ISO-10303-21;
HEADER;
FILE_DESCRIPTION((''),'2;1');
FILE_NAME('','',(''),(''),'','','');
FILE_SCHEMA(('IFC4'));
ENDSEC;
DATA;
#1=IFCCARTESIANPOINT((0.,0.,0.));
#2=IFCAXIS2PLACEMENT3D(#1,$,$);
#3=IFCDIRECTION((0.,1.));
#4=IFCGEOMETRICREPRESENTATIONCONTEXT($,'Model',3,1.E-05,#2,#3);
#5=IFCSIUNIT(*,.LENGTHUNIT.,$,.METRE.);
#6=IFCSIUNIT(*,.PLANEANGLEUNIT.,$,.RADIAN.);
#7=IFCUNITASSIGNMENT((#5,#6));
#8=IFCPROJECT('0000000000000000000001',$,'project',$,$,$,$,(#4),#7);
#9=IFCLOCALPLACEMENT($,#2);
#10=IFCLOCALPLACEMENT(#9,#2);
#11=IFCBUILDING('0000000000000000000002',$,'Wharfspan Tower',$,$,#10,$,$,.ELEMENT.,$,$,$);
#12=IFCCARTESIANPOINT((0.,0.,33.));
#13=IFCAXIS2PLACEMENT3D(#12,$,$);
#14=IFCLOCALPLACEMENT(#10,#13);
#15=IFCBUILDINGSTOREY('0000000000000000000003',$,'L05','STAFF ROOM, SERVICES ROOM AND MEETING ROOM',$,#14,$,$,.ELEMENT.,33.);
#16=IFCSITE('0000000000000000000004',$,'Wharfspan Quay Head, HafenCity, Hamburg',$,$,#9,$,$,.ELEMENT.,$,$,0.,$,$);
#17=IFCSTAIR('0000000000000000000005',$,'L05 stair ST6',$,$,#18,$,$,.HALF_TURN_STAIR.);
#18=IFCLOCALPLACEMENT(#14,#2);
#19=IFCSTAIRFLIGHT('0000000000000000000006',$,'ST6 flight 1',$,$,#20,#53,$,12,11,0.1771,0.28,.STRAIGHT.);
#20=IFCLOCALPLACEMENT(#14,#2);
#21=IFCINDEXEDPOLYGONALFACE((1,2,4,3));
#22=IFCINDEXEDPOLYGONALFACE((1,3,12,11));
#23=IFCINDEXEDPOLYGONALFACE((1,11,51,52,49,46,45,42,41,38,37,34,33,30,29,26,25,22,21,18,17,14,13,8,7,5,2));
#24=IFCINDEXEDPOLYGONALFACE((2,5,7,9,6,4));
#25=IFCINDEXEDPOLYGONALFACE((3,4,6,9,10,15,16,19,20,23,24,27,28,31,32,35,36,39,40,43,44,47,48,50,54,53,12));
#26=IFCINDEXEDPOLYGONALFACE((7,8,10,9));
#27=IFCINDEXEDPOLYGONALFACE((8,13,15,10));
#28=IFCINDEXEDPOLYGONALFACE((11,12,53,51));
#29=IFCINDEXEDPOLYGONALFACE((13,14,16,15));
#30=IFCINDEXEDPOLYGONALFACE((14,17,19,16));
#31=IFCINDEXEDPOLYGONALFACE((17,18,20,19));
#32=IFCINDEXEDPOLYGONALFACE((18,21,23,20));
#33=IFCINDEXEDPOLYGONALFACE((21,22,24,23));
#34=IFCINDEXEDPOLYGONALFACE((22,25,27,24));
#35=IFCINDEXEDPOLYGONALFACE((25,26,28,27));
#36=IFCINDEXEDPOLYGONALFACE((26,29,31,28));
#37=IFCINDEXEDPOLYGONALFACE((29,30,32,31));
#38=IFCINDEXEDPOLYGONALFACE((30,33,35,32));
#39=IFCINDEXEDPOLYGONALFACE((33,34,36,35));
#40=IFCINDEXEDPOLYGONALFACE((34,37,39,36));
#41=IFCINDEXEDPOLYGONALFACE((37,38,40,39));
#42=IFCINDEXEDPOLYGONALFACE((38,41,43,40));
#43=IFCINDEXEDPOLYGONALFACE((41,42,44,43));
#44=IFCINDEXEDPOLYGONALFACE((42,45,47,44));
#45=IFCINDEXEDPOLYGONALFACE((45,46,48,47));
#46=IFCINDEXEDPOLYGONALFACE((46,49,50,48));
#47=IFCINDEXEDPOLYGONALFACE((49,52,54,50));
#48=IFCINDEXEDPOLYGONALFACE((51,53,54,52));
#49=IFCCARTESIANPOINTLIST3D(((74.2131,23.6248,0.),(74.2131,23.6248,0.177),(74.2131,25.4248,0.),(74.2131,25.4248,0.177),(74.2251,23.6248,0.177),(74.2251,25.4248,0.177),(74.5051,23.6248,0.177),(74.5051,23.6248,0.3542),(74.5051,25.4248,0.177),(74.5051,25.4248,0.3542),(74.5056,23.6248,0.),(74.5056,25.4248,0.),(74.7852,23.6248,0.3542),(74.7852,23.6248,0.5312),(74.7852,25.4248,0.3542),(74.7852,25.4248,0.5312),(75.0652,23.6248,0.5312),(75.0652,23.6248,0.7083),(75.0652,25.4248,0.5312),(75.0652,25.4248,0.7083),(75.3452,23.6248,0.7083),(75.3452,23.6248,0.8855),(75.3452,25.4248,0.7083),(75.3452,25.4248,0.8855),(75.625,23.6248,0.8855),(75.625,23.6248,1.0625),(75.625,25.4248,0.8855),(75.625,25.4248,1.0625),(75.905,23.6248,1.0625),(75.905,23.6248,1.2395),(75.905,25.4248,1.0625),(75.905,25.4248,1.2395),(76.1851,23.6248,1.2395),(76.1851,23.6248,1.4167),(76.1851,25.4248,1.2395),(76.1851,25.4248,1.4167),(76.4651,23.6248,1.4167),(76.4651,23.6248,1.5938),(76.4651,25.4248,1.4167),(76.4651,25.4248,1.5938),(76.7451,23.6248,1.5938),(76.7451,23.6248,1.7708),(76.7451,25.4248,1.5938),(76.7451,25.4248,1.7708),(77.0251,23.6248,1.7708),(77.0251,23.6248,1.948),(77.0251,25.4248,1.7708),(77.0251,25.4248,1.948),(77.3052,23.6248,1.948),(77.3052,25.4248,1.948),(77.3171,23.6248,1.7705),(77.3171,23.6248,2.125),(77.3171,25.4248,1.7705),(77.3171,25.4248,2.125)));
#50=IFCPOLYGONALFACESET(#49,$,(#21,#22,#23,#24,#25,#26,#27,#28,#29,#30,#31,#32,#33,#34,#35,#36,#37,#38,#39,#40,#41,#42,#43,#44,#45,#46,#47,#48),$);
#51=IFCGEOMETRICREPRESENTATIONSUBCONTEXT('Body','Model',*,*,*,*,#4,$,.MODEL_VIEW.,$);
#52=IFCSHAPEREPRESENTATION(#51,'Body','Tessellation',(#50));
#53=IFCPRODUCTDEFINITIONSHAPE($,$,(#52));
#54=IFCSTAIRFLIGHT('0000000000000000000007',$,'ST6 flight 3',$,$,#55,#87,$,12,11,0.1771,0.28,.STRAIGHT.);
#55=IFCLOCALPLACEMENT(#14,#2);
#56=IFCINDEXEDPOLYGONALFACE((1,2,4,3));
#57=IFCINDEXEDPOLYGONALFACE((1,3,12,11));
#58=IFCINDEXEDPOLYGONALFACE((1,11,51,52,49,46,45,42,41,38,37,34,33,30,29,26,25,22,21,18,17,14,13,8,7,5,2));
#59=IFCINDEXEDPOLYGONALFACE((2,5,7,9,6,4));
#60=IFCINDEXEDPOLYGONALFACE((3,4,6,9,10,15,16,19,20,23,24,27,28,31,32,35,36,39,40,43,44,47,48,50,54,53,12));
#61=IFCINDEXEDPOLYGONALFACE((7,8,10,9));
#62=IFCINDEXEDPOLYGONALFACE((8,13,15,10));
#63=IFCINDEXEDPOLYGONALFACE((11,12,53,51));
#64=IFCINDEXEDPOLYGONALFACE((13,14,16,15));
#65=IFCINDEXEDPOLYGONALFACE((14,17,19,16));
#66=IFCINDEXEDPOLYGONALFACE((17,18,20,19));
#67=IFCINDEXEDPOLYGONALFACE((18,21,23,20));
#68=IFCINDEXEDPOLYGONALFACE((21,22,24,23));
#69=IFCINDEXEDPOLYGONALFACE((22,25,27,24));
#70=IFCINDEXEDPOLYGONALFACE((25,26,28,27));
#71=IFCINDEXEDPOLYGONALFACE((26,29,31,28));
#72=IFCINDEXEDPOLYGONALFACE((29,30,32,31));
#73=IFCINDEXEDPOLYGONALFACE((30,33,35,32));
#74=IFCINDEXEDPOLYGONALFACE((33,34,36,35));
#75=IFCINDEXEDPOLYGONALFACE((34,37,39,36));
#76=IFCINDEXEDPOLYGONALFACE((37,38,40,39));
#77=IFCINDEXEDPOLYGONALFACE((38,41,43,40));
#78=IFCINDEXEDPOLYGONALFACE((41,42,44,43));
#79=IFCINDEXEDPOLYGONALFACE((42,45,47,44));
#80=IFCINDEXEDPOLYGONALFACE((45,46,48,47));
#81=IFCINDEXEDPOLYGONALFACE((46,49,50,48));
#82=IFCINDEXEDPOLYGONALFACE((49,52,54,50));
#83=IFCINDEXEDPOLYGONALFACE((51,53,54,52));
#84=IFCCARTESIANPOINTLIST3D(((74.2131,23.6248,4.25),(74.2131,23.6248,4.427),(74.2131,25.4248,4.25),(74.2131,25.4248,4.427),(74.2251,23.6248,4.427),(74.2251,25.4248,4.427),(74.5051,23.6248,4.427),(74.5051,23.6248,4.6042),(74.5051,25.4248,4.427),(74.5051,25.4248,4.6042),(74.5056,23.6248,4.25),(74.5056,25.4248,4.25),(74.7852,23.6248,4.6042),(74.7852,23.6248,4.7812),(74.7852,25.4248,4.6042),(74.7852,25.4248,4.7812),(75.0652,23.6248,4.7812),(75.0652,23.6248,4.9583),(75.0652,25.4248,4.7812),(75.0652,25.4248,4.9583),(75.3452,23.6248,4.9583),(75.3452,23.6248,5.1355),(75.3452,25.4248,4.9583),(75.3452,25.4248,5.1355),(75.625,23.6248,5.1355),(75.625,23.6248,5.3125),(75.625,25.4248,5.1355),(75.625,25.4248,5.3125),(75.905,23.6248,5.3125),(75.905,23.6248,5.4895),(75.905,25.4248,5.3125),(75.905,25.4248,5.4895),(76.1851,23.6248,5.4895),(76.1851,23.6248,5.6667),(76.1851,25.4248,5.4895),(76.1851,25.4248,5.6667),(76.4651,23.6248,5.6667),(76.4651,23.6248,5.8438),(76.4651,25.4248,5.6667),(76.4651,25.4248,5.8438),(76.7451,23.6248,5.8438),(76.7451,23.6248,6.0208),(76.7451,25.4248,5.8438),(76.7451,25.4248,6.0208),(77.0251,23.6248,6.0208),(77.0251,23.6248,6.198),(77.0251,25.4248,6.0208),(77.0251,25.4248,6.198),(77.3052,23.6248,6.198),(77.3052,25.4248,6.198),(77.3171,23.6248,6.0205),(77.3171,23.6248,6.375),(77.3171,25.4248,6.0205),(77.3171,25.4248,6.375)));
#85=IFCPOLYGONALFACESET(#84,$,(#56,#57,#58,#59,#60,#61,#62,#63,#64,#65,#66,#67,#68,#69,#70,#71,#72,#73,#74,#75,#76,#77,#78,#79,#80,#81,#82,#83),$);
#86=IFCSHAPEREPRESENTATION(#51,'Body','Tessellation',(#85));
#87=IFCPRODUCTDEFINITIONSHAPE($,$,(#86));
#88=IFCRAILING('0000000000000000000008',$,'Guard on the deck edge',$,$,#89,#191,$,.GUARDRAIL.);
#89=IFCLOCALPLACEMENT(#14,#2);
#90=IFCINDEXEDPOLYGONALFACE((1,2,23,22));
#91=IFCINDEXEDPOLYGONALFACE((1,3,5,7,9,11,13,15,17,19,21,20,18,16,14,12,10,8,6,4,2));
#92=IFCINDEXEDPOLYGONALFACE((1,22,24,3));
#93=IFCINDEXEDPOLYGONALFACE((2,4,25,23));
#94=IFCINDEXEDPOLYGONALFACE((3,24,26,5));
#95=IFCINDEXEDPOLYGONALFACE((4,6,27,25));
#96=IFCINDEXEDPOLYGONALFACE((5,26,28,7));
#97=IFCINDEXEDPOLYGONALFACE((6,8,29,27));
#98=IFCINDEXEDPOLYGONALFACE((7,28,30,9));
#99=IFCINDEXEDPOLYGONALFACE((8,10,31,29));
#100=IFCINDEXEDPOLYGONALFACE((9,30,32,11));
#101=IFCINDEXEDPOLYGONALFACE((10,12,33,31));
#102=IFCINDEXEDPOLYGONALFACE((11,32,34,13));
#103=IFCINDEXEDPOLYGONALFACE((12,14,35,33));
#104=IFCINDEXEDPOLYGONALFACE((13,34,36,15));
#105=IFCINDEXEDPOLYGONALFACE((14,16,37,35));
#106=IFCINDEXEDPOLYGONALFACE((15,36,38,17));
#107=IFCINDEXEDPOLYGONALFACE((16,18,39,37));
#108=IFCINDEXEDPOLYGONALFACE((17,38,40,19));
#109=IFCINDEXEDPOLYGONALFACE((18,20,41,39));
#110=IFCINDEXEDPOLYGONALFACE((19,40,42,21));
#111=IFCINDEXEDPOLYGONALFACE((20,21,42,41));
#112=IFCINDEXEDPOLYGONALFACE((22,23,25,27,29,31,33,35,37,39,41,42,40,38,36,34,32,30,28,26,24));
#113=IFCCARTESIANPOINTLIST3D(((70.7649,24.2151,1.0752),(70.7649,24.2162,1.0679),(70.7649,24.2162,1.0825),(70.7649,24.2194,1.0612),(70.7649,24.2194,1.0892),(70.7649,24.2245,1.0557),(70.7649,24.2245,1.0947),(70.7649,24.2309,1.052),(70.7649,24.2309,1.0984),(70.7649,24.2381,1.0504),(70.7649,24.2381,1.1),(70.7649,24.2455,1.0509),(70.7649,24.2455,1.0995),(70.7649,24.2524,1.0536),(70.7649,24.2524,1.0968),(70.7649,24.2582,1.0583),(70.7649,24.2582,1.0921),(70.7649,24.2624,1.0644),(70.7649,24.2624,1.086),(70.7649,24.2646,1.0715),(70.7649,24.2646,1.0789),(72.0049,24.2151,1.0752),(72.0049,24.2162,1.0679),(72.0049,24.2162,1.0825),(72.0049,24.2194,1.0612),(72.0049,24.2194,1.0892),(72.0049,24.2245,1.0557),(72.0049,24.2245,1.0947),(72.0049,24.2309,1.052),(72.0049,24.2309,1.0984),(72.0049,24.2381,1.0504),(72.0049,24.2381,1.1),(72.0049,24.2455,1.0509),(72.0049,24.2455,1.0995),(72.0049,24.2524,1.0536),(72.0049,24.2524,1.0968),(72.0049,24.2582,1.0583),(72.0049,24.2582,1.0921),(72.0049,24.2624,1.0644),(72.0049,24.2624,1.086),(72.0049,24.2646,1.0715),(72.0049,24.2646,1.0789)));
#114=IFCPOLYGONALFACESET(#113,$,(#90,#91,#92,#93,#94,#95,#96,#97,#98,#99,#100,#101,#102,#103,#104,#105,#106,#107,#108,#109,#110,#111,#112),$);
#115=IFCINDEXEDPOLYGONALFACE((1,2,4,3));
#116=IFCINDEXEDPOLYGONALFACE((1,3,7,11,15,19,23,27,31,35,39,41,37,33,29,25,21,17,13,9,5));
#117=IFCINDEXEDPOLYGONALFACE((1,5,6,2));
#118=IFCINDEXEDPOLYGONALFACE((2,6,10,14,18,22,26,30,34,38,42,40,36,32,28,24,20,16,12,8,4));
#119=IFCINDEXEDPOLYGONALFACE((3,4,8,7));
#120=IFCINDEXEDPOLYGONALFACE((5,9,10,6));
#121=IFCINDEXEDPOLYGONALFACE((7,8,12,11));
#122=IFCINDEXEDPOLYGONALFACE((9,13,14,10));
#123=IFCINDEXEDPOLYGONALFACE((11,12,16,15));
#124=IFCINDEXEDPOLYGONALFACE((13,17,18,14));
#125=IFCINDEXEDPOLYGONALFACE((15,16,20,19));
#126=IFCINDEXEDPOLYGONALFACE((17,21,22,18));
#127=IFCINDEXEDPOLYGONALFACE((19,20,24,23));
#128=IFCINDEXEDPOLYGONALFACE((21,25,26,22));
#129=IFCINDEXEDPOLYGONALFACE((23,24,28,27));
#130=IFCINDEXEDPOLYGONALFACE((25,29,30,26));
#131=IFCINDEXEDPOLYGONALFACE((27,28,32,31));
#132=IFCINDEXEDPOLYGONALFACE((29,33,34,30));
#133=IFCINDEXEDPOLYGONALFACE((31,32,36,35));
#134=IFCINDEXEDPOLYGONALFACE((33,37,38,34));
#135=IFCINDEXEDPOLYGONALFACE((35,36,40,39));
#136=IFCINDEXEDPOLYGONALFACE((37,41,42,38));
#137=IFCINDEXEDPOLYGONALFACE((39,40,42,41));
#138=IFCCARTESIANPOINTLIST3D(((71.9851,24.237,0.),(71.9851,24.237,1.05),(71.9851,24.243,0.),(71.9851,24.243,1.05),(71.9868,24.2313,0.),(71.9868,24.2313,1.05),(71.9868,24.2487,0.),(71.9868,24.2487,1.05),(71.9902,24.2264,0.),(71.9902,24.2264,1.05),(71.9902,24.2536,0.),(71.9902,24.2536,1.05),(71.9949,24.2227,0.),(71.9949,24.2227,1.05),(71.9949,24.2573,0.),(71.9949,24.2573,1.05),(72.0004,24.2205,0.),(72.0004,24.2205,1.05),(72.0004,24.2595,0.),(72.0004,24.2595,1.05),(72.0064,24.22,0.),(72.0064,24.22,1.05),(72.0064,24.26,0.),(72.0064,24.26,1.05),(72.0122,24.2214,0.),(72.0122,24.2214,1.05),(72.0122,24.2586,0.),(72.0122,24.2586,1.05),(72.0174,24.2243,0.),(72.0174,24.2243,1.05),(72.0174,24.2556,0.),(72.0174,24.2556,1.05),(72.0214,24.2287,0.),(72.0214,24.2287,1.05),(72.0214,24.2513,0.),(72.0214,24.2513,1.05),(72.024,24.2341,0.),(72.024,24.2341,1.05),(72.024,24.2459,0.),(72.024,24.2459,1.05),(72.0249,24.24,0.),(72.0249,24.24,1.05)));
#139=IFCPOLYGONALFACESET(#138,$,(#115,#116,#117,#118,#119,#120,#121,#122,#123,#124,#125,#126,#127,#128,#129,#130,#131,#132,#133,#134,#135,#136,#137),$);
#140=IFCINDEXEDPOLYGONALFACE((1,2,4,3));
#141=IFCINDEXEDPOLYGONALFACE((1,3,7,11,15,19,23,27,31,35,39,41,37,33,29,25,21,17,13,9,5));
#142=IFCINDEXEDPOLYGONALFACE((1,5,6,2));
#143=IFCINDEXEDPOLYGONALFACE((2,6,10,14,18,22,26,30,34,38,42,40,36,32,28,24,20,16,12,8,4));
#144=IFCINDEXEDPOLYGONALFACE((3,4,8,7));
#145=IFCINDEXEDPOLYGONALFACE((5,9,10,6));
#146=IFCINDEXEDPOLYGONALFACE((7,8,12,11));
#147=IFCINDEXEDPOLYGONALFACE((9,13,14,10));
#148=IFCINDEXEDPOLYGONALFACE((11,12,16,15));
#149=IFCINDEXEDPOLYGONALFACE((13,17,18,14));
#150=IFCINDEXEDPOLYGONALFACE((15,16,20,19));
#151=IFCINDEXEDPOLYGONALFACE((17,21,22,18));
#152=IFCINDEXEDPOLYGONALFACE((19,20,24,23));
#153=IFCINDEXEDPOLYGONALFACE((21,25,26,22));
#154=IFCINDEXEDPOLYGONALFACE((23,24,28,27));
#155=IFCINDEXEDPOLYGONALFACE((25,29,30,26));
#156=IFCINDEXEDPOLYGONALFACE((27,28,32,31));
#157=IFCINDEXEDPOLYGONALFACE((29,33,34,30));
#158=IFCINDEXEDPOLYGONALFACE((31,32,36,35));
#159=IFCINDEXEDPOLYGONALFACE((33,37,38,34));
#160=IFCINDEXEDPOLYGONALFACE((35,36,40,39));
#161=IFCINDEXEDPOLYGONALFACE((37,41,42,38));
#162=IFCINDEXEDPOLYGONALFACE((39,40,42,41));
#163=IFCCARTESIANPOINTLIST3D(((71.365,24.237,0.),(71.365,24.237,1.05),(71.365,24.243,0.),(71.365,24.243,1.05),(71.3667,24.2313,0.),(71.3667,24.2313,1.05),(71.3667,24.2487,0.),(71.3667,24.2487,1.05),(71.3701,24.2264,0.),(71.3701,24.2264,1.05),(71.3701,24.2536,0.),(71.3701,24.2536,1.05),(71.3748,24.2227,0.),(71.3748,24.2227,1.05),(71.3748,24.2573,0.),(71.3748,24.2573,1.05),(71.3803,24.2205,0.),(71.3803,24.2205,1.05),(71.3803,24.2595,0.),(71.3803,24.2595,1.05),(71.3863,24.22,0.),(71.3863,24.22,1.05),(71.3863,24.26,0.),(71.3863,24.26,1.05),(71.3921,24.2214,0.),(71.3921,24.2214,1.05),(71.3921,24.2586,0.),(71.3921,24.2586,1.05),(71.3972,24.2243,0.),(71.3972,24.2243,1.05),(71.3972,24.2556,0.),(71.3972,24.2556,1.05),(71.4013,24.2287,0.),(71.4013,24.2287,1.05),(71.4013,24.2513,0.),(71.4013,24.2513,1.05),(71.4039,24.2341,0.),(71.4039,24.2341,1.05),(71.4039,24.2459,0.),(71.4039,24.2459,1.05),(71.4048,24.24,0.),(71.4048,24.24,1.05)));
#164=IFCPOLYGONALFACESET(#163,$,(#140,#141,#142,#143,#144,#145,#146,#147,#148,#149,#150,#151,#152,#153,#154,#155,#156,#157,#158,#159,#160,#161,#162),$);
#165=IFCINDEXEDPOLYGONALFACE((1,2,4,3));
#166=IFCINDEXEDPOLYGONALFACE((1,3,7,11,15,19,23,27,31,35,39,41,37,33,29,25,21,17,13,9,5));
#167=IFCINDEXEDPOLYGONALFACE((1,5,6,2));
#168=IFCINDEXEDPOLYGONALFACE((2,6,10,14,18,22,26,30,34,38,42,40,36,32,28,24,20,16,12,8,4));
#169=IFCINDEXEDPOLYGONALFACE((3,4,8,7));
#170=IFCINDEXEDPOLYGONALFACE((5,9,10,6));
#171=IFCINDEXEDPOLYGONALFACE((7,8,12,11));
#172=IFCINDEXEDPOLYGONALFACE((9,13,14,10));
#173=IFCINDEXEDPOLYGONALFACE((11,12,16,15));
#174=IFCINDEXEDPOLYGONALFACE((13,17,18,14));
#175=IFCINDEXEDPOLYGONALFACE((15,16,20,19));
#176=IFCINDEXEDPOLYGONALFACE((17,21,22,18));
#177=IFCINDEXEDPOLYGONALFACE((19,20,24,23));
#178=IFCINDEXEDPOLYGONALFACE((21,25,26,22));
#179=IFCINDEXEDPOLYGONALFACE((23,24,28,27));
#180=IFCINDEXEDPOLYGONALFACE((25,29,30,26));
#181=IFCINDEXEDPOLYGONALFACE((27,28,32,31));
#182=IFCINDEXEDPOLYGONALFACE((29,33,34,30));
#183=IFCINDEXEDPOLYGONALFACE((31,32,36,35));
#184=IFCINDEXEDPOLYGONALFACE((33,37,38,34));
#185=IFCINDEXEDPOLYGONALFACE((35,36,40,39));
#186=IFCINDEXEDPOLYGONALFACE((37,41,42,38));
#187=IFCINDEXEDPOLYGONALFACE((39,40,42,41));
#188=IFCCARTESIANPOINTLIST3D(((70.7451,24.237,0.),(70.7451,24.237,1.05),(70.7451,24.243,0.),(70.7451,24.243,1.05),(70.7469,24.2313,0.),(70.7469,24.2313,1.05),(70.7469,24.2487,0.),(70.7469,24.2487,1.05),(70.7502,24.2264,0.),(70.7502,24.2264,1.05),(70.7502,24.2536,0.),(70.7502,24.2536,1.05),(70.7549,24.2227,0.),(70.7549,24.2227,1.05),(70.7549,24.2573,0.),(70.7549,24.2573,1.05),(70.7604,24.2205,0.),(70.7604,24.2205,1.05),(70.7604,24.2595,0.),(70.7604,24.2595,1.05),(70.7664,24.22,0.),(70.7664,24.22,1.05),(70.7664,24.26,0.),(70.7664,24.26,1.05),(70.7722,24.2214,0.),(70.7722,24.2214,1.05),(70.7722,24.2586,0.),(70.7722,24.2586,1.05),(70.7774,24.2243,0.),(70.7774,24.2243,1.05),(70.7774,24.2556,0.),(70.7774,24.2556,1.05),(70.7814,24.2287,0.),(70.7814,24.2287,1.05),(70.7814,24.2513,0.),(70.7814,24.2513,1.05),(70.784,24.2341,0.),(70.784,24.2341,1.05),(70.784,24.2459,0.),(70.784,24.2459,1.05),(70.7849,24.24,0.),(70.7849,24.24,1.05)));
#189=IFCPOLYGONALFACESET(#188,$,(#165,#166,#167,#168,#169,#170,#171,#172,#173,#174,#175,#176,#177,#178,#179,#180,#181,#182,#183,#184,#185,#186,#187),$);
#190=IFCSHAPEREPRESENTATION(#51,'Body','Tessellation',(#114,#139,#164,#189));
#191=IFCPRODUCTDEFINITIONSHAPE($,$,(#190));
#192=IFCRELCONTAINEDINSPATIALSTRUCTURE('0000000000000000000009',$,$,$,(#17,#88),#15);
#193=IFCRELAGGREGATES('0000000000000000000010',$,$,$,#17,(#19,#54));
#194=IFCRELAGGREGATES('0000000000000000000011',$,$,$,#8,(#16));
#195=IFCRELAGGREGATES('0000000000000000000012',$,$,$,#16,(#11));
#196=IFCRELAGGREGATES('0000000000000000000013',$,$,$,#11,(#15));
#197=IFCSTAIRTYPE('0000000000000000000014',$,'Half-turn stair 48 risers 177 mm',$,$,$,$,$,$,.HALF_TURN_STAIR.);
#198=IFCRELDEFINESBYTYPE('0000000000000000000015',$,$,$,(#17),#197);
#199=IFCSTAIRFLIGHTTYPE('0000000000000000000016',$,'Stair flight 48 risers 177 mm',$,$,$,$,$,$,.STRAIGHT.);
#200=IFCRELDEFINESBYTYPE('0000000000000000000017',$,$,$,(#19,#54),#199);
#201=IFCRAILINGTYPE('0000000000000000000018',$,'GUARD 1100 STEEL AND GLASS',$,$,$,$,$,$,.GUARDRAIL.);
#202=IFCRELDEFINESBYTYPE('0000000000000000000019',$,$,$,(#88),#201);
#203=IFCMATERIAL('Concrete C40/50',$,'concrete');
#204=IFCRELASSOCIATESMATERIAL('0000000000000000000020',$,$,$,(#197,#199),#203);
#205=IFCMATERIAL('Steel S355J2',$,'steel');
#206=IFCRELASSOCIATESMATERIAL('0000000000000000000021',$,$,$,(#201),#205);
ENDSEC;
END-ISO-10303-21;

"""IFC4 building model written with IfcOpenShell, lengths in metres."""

from ifc_helpers import new_model, si_unit, direction, frame, origin, origin_2d, place, context, subcontext, project, spatial, polyline, circle, outline, extrude, material, type_object, element, aggregate, save


model = new_model("IFC4")

# Units and contexts
model_context = context("Model", 3, precision=1e-05, world=origin(), true_north=direction((0.0, 1.0)))
body_context = subcontext(model_context, "Body", "Model", "MODEL_VIEW")
ifc_project = project(units=[si_unit("LENGTHUNIT", "METRE"), si_unit("PLANEANGLEUNIT", "RADIAN")], contexts=[model_context])

# Site, building, storey
site_placement = place(None, origin())
site = spatial("IfcSite", under=ifc_project, at=site_placement, Name="Wharfspan Quay Head, HafenCity, Hamburg", CompositionType="ELEMENT", RefElevation=0.0)
building_placement = place(site_placement, origin())
building = spatial("IfcBuilding", under=site, at=building_placement, Name="Wharfspan Tower", CompositionType="ELEMENT")
storey_placement = place(building_placement, frame((0.0, 0.0, 33.0)))
storey = spatial("IfcBuildingStorey", under=building, at=storey_placement, Name="L05", Description="STAFF ROOM, SERVICES ROOM AND MEETING ROOM", CompositionType="ELEMENT", Elevation=33.0)

# Shared definitions
ifc_material_1 = material(Name="Concrete C40/50", Category="concrete")

# Stair, stair flights
stair_type = type_object("IfcStairType", Name="Half-turn stair 48 risers 177 mm", PredefinedType="HALF_TURN_STAIR", material=ifc_material_1)
stair_placement = place(storey_placement, origin())
stair = element("IfcStair", 1, at=stair_placement, inside=storey, type_object=stair_type, Name="L05 stair ST6", PredefinedType="HALF_TURN_STAIR")
stair_flight_type = type_object("IfcStairFlightType", Name="Stair flight 48 risers 177 mm", PredefinedType="STRAIGHT", material=ifc_material_1)
stair_flight_1_placement = place(storey_placement, frame((74.2251, 24.5249, 0.0), z_axis=(0.0, 0.0, 1.0), x_axis=(1.0, 0.0, 0.0)))
stair_flight_1 = element("IfcStairFlight", 2, at=stair_flight_1_placement, type_object=stair_flight_type, Name="ST6 flight 1", NumberOfRisers=12, NumberOfTreads=11, PredefinedType="STRAIGHT", RiserHeight=0.1771, TreadLength=0.28, context=body_context, shape_type="SweptSolid", body=[
    extrude(outline(polyline([(-0.012, 0.0), (-0.012, 0.177), (0.0, 0.177), (0.28, 0.177), (0.28, 0.3542), (0.5601, 0.3542), (0.5601, 0.5312), (0.8401, 0.5312), (0.8401, 0.7083), (1.1201, 0.7083), (1.1201, 0.8855), (1.3999, 0.8855), (1.3999, 1.0625), (1.6799, 1.0625), (1.6799, 1.2395), (1.96, 1.2395), (1.96, 1.4167), (2.24, 1.4167), (2.24, 1.5938), (2.52, 1.5938), (2.52, 1.7708), (2.8, 1.7708), (2.8, 1.948), (3.0801, 1.948), (3.092, 2.125), (3.092, 1.7705), (0.2805, 0.0), (-0.012, 0.0)])), frame((0.0, 0.8999, 0.0), z_axis=(0.0, -1.0, 0.0), x_axis=(1.0, 0.0, 0.0)), (0.0, 0.0, 1.0), 1.8),
])
stair_flight_2_placement = place(storey_placement, frame((74.2251, 24.5249, 4.25), z_axis=(0.0, 0.0, 1.0), x_axis=(1.0, 0.0, 0.0)))
stair_flight_2 = element("IfcStairFlight", 3, at=stair_flight_2_placement, type_object=stair_flight_type, Name="ST6 flight 3", NumberOfRisers=12, NumberOfTreads=11, PredefinedType="STRAIGHT", RiserHeight=0.1771, TreadLength=0.28, context=body_context, shape_type="SweptSolid", body=[
    extrude(outline(polyline([(-0.012, 0.0), (-0.012, 0.177), (0.0, 0.177), (0.28, 0.177), (0.28, 0.3542), (0.5601, 0.3542), (0.5601, 0.5312), (0.8401, 0.5312), (0.8401, 0.7083), (1.1201, 0.7083), (1.1201, 0.8855), (1.3999, 0.8855), (1.3999, 1.0625), (1.6799, 1.0625), (1.6799, 1.2395), (1.96, 1.2395), (1.96, 1.4167), (2.24, 1.4167), (2.24, 1.5938), (2.52, 1.5938), (2.52, 1.7708), (2.8, 1.7708), (2.8, 1.948), (3.0801, 1.948), (3.092, 2.125), (3.092, 1.7705), (0.2805, 0.0), (-0.012, 0.0)])), frame((0.0, 0.8999, 0.0), z_axis=(0.0, -1.0, 0.0), x_axis=(1.0, 0.0, 0.0)), (0.0, 0.0, 1.0), 1.8),
])
aggregate(stair, [stair_flight_1, stair_flight_2])

# Railing
ifc_material_2 = material(Name="Steel S355J2", Category="steel")
railing_type_1 = type_object("IfcRailingType", Name="GUARD 1100 STEEL AND GLASS", PredefinedType="GUARDRAIL", material=ifc_material_2)
railing_1_placement = place(storey_placement, frame((72.0049, 24.24, 0.0)))
element("IfcRailing", 4, at=railing_1_placement, inside=storey, type_object=railing_type_1, Name="Guard on the deck edge", PredefinedType="GUARDRAIL", context=body_context, shape_type="SweptSolid", body=[
    extrude(circle(Radius=0.0249, at=origin_2d()), frame((0.0, 0.0, 1.0752), z_axis=(-1.0, 0.0, 0.0), x_axis=(0.0, -1.0, 0.0)), (0.0, 0.0, 1.0), 1.24),
    extrude(circle(Radius=0.02, at=origin_2d()), origin(), (0.0, 0.0, 1.0), 1.05),
    extrude(circle(Radius=0.02, at=origin_2d()), frame((-0.6201, 0.0, 0.0)), (0.0, 0.0, 1.0), 1.05),
    extrude(circle(Radius=0.02, at=origin_2d()), frame((-1.24, 0.0, 0.0)), (0.0, 0.0, 1.0), 1.05),
])

save(model, "model.ifc")
